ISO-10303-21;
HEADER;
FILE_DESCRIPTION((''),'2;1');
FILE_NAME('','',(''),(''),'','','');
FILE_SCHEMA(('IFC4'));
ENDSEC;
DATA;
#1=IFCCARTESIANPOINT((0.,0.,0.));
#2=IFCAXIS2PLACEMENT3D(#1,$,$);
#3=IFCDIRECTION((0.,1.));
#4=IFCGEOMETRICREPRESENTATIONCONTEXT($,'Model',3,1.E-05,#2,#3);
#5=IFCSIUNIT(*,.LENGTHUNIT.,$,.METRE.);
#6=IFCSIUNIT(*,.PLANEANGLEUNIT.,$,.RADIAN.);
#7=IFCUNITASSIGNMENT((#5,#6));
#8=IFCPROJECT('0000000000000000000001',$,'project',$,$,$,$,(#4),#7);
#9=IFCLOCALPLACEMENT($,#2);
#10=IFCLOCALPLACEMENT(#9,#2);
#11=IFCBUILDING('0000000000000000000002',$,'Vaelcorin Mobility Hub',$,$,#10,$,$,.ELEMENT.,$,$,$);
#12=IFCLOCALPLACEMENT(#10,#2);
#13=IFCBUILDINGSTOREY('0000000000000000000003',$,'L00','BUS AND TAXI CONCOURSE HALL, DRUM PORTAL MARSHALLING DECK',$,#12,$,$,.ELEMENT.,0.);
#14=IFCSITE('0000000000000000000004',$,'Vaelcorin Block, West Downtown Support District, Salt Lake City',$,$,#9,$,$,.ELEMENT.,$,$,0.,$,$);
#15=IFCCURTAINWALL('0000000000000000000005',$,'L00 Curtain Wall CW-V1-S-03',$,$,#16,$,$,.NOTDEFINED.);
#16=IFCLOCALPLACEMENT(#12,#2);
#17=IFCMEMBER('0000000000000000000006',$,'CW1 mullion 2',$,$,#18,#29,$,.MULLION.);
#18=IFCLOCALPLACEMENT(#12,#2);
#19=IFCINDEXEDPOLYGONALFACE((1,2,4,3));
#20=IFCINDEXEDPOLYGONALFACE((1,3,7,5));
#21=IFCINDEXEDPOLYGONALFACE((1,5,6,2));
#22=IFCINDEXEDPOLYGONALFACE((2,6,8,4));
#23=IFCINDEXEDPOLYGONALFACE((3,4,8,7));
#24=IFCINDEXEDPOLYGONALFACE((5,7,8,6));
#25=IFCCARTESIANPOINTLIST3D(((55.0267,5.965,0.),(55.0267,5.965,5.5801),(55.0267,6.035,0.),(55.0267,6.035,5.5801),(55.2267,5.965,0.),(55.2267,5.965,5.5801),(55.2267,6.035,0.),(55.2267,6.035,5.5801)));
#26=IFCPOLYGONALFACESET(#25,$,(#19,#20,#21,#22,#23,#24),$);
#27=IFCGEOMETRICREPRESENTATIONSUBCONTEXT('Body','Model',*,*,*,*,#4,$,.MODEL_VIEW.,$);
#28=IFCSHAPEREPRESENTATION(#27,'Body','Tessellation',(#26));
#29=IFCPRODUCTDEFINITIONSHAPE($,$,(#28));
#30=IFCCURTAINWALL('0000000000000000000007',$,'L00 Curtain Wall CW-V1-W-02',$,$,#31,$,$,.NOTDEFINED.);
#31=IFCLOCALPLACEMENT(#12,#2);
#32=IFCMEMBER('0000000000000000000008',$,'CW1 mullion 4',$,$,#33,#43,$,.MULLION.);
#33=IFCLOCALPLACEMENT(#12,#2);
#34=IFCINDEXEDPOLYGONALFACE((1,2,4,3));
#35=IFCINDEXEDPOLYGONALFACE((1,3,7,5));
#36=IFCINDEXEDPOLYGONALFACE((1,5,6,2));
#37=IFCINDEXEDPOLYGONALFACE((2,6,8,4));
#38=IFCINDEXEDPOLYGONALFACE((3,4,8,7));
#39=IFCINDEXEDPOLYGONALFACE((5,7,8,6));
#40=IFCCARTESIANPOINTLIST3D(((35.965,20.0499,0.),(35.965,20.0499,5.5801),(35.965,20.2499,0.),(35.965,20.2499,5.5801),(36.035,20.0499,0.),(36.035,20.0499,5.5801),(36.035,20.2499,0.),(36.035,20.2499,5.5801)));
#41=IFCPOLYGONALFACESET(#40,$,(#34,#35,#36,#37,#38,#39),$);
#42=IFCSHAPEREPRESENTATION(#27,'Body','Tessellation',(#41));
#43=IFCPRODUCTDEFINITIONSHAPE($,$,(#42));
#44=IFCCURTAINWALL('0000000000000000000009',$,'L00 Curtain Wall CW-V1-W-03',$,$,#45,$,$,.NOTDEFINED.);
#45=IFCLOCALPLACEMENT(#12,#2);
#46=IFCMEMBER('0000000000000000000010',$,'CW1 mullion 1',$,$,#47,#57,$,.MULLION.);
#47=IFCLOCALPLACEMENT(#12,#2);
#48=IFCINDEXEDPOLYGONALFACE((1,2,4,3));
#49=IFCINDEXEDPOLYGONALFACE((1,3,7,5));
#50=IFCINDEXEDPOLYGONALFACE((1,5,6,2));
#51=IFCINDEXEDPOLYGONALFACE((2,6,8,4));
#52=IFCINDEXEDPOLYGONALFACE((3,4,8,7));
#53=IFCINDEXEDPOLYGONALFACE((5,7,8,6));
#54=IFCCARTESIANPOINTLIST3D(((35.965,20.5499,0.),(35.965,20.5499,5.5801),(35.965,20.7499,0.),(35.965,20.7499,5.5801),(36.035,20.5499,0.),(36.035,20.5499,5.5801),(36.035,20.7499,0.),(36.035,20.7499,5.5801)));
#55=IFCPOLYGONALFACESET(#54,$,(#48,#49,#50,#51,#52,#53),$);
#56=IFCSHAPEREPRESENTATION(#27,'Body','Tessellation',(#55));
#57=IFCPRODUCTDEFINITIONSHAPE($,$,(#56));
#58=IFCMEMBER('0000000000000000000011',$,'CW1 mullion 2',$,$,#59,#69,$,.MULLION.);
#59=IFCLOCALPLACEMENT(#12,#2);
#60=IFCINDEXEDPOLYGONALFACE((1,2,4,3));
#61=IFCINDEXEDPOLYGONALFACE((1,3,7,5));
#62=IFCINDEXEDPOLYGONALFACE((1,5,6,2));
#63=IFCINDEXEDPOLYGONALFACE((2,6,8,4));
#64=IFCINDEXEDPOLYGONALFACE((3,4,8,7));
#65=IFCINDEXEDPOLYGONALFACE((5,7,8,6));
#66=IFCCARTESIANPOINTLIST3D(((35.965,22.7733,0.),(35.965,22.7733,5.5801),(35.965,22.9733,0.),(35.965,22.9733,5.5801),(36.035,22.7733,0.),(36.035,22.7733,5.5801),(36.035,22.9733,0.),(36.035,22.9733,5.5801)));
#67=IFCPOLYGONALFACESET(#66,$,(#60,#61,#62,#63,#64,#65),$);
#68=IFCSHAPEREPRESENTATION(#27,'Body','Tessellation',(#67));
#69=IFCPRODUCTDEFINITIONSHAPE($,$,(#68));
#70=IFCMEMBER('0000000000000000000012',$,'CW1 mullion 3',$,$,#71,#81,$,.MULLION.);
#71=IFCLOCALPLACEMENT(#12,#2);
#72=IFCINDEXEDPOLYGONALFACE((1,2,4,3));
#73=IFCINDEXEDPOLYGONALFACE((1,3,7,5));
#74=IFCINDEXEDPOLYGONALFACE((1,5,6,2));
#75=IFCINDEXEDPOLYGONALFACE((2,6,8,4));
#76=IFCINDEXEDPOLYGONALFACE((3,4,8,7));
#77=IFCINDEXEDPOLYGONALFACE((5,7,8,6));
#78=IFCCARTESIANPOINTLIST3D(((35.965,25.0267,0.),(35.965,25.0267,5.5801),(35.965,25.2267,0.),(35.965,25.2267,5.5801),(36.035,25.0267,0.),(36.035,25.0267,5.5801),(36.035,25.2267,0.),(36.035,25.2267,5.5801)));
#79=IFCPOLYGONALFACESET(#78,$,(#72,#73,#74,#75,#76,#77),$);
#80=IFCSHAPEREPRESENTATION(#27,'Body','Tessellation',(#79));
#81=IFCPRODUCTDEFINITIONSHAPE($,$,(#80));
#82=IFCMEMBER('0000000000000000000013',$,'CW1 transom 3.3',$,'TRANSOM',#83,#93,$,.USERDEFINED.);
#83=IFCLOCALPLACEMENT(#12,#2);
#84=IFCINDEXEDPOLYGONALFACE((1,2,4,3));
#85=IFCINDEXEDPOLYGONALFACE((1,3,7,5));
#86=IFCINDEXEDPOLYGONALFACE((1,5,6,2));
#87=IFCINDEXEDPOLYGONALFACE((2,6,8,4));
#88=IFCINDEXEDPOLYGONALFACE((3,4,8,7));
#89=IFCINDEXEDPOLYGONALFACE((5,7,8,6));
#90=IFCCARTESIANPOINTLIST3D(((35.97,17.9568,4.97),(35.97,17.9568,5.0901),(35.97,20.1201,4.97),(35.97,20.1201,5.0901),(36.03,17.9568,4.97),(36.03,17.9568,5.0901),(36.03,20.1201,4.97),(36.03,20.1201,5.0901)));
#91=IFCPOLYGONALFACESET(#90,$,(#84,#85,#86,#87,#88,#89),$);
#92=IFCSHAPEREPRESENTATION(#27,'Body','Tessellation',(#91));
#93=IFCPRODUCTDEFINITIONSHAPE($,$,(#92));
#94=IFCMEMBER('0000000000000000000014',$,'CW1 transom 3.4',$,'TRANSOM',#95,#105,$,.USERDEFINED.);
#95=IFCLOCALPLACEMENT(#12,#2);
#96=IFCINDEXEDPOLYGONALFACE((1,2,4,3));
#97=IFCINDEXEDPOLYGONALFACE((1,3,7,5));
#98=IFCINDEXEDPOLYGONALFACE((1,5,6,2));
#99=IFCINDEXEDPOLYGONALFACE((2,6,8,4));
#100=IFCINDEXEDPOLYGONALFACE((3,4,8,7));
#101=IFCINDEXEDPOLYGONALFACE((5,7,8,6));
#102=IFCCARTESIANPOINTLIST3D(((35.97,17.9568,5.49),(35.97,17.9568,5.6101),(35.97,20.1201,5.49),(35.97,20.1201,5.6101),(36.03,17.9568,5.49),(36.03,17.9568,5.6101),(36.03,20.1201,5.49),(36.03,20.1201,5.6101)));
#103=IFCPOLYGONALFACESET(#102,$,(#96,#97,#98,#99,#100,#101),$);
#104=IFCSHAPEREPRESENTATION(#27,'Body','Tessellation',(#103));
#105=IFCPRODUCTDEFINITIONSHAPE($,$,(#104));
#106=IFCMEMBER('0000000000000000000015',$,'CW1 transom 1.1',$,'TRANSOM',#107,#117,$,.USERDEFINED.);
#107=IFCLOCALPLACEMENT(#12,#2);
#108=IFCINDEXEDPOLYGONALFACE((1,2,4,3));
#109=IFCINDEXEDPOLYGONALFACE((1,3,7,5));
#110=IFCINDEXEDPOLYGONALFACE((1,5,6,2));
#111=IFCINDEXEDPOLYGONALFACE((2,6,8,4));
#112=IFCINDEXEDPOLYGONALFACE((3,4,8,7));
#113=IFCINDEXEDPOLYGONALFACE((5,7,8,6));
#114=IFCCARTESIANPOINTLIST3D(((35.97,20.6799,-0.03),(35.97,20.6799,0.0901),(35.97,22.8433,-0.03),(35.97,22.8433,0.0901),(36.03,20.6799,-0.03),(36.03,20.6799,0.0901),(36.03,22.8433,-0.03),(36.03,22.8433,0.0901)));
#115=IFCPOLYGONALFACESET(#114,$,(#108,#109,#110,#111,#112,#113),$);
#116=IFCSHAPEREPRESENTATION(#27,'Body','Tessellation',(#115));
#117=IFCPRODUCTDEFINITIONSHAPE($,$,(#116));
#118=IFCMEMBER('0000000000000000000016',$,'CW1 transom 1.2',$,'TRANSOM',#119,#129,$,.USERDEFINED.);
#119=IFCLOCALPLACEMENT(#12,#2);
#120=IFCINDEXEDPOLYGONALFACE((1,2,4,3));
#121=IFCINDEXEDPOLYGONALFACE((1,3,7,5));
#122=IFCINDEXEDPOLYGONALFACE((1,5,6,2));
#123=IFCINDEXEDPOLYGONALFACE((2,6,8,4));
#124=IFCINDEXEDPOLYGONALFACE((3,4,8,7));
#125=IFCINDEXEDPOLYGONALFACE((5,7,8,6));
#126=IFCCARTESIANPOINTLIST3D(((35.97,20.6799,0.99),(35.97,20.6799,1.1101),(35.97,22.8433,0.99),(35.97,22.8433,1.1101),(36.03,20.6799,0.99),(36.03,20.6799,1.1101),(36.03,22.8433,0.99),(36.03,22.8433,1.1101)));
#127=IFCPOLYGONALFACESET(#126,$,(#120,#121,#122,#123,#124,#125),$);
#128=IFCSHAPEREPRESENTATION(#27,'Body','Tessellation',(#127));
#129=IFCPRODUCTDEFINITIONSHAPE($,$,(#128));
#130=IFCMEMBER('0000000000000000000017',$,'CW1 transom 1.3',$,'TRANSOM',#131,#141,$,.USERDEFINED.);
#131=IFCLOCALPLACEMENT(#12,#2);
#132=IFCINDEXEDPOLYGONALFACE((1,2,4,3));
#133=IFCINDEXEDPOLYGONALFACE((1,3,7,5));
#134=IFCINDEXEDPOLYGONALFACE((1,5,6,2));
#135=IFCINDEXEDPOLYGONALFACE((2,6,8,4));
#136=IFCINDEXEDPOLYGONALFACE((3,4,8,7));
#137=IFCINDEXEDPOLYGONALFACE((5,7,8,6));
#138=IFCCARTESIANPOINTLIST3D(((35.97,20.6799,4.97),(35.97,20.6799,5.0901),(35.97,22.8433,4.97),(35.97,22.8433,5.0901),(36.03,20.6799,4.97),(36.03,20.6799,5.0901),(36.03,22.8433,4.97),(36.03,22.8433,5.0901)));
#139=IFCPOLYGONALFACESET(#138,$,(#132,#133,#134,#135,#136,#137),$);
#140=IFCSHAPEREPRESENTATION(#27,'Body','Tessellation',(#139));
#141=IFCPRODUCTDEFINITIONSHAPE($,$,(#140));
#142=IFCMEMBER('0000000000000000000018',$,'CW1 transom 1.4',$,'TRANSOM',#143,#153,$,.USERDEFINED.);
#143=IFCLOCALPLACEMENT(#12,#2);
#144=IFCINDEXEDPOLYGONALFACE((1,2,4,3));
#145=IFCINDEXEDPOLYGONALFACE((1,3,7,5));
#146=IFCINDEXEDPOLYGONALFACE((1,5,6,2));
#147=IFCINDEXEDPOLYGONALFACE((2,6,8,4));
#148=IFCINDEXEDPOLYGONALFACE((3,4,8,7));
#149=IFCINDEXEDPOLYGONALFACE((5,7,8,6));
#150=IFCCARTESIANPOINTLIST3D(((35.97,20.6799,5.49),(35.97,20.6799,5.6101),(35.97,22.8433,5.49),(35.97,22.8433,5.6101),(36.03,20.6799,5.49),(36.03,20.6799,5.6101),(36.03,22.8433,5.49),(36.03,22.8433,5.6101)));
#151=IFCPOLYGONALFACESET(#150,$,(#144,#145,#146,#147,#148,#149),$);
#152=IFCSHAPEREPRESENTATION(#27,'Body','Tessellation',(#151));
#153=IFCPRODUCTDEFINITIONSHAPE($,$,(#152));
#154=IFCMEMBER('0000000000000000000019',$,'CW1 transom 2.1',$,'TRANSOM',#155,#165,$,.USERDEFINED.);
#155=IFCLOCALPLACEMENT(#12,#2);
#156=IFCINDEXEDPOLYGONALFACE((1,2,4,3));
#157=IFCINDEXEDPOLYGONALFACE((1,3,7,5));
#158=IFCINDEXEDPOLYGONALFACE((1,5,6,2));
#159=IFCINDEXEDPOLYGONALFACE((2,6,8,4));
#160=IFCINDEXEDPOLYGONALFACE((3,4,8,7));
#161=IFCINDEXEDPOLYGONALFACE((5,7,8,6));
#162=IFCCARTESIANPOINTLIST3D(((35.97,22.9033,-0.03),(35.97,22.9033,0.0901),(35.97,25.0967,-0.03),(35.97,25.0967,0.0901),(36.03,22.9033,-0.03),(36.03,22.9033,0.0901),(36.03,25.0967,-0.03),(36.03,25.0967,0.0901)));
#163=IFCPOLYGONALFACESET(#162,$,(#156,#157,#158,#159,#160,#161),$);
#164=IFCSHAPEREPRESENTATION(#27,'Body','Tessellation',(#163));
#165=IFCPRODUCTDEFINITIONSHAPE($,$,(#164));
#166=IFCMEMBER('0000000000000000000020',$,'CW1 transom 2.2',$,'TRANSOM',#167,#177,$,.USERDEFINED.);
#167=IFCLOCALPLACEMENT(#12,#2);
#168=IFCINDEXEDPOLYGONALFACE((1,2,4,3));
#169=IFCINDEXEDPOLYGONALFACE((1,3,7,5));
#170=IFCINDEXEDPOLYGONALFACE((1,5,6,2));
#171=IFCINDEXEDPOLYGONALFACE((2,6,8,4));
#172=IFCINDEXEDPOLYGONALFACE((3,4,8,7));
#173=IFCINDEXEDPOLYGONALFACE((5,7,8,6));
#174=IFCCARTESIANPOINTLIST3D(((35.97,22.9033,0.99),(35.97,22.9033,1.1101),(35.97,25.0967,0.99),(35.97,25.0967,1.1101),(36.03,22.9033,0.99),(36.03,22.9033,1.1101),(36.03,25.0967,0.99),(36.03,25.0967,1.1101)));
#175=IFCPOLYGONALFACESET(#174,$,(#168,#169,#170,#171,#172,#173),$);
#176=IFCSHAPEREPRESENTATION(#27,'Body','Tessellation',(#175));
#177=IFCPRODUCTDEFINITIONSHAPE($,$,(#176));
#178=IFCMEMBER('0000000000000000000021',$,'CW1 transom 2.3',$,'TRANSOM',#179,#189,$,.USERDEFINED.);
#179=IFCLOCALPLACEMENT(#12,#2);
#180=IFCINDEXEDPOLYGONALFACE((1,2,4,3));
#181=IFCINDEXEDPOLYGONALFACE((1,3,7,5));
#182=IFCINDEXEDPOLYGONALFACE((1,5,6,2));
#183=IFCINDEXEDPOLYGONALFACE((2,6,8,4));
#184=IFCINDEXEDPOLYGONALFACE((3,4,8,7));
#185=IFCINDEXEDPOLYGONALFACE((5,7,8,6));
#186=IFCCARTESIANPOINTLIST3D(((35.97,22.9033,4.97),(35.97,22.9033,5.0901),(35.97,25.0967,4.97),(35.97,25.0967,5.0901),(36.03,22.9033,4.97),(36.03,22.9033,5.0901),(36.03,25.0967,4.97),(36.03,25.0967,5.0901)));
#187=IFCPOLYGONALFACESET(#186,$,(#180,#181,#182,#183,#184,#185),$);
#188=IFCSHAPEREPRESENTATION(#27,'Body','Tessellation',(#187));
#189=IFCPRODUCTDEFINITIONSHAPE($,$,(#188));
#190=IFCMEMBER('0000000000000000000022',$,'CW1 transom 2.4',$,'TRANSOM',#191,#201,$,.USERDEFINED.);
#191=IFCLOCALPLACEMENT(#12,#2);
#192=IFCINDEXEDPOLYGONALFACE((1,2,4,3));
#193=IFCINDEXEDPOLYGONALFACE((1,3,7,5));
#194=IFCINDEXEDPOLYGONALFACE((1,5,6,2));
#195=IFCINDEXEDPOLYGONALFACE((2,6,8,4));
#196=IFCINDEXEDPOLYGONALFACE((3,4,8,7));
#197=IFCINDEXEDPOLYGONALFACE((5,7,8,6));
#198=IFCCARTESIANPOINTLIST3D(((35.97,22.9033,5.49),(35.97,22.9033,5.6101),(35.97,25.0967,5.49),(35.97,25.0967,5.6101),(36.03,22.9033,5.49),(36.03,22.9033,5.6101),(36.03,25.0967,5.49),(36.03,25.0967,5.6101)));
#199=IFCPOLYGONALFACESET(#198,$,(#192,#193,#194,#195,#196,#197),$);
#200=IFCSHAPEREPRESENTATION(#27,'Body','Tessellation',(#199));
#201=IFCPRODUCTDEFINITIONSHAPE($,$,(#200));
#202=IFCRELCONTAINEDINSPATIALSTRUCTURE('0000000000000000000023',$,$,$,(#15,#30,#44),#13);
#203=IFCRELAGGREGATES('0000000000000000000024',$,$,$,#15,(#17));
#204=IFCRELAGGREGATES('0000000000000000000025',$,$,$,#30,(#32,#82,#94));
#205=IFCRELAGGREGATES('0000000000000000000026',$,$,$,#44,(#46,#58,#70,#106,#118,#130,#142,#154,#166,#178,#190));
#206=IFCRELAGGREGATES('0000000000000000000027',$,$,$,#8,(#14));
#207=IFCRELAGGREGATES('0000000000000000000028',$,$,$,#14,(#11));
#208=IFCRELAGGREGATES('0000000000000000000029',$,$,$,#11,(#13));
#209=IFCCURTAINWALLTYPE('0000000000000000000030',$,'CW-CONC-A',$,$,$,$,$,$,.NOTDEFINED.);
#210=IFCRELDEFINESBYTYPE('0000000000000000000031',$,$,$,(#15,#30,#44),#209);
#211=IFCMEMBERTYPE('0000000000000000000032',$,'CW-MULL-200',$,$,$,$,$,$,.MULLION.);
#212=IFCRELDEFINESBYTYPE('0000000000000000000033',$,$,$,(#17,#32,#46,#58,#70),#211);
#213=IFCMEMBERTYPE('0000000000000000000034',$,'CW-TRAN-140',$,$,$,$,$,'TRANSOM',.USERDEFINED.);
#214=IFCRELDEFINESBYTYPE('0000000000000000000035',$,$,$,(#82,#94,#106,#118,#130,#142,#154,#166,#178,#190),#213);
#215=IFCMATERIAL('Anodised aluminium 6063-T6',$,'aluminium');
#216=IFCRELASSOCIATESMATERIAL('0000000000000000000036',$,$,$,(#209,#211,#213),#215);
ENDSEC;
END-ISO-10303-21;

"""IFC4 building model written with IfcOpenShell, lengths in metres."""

from ifc_helpers import new_model, si_unit, direction, frame, origin, origin_2d, place, context, subcontext, project, spatial, rectangle, extrude, material, material_profile, profile_set, type_object, element, aggregate, save


model = new_model("IFC4")

# Units and contexts
model_context = context("Model", 3, precision=1e-05, world=origin(), true_north=direction((0.0, 1.0)))
body_context = subcontext(model_context, "Body", "Model", "MODEL_VIEW")
ifc_project = project(units=[si_unit("LENGTHUNIT", "METRE"), si_unit("PLANEANGLEUNIT", "RADIAN")], contexts=[model_context])

# Site, building, storey
site_placement = place(None, origin())
site = spatial("IfcSite", under=ifc_project, at=site_placement, Name="Vaelcorin Block, West Downtown Support District, Salt Lake City", CompositionType="ELEMENT", RefElevation=0.0)
building_placement = place(site_placement, origin())
building = spatial("IfcBuilding", under=site, at=building_placement, Name="Vaelcorin Mobility Hub", CompositionType="ELEMENT")
storey_placement = place(building_placement, origin())
storey = spatial("IfcBuildingStorey", under=building, at=storey_placement, Name="L00", Description="BUS AND TAXI CONCOURSE HALL, DRUM PORTAL MARSHALLING DECK", CompositionType="ELEMENT", Elevation=0.0)

# Curtain walls, members
ifc_material_1 = material(Name="Anodised aluminium 6063-T6", Category="aluminium")
curtain_wall_type = type_object("IfcCurtainWallType", Name="CW-CONC-A", PredefinedType="NOTDEFINED", material=ifc_material_1)
curtain_wall_1_placement = place(storey_placement, origin())
curtain_wall_1 = element("IfcCurtainWall", 1, at=curtain_wall_1_placement, inside=storey, type_object=curtain_wall_type, Name="L00 Curtain Wall CW-V1-S-03", PredefinedType="NOTDEFINED")
ifc_material_profile_1 = material_profile(ifc_material_1, rectangle(XDim=0.0701, YDim=0.2, at=origin_2d()), Name="ALU-M70X200")
ifc_profile_set_1 = profile_set([ifc_material_profile_1], Name="Anodised aluminium 6063-T6")
member_type_1 = type_object("IfcMemberType", Name="CW-MULL-200", PredefinedType="MULLION", material=ifc_profile_set_1)
member_1_placement = place(storey_placement, frame((55.1267, 6.0, 0.0), z_axis=(0.0, 0.0, 1.0), x_axis=(0.0, -1.0, 0.0)))
member_1 = element("IfcMember", 2, at=member_1_placement, type_object=member_type_1, Name="CW1 mullion 2", PredefinedType="MULLION", context=body_context, shape_type="SweptSolid", body=[
    extrude(rectangle(XDim=0.0701, YDim=0.2, at=origin_2d()), origin(), (0.0, 0.0, 1.0), 5.5801),
])
aggregate(curtain_wall_1, [member_1])
curtain_wall_2_placement = place(storey_placement, origin())
curtain_wall_2 = element("IfcCurtainWall", 3, at=curtain_wall_2_placement, inside=storey, type_object=curtain_wall_type, Name="L00 Curtain Wall CW-V1-W-02", PredefinedType="NOTDEFINED")
member_2_placement = place(storey_placement, frame((36.0, 20.1499, 0.0), z_axis=(0.0, 0.0, 1.0), x_axis=(-1.0, 0.0, 0.0)))
member_2 = element("IfcMember", 4, at=member_2_placement, type_object=member_type_1, Name="CW1 mullion 4", PredefinedType="MULLION", context=body_context, shape_type="SweptSolid", body=[
    extrude(rectangle(XDim=0.0701, YDim=0.2, at=origin_2d()), origin(), (0.0, 0.0, 1.0), 5.5801),
])

# Curtain wall, members
curtain_wall_3_placement = place(storey_placement, origin())
curtain_wall_3 = element("IfcCurtainWall", 5, at=curtain_wall_3_placement, inside=storey, type_object=curtain_wall_type, Name="L00 Curtain Wall CW-V1-W-03", PredefinedType="NOTDEFINED")
member_3_placement = place(storey_placement, frame((36.0, 20.6499, 0.0), z_axis=(0.0, 0.0, 1.0), x_axis=(-1.0, 0.0, 0.0)))
member_3 = element("IfcMember", 6, at=member_3_placement, type_object=member_type_1, Name="CW1 mullion 1", PredefinedType="MULLION", context=body_context, shape_type="SweptSolid", body=[
    extrude(rectangle(XDim=0.0701, YDim=0.2, at=origin_2d()), origin(), (0.0, 0.0, 1.0), 5.5801),
])
member_4_placement = place(storey_placement, frame((36.0, 22.8733, 0.0), z_axis=(0.0, 0.0, 1.0), x_axis=(-1.0, 0.0, 0.0)))
member_4 = element("IfcMember", 7, at=member_4_placement, type_object=member_type_1, Name="CW1 mullion 2", PredefinedType="MULLION", context=body_context, shape_type="SweptSolid", body=[
    extrude(rectangle(XDim=0.0701, YDim=0.2, at=origin_2d()), origin(), (0.0, 0.0, 1.0), 5.5801),
])
member_5_placement = place(storey_placement, frame((36.0, 25.1267, 0.0), z_axis=(0.0, 0.0, 1.0), x_axis=(-1.0, 0.0, 0.0)))
member_5 = element("IfcMember", 8, at=member_5_placement, type_object=member_type_1, Name="CW1 mullion 3", PredefinedType="MULLION", context=body_context, shape_type="SweptSolid", body=[
    extrude(rectangle(XDim=0.0701, YDim=0.2, at=origin_2d()), origin(), (0.0, 0.0, 1.0), 5.5801),
])

# Members
ifc_material_profile_2 = material_profile(ifc_material_1, rectangle(XDim=0.0601, YDim=0.1201, at=origin_2d()), Name="ALU-T60X120")
ifc_profile_set_2 = profile_set([ifc_material_profile_2], Name="Anodised aluminium 6063-T6")
member_type_2 = type_object("IfcMemberType", Name="CW-TRAN-140", ElementType="TRANSOM", PredefinedType="USERDEFINED", material=ifc_profile_set_2)
member_6_placement = place(storey_placement, frame((36.0, 17.9568, 5.03), z_axis=(0.0, 1.0, 0.0), x_axis=(-1.0, 0.0, 0.0)))
member_6 = element("IfcMember", 9, at=member_6_placement, type_object=member_type_2, Name="CW1 transom 3.3", ObjectType="TRANSOM", PredefinedType="USERDEFINED", context=body_context, shape_type="SweptSolid", body=[
    extrude(rectangle(XDim=0.0601, YDim=0.1201, at=origin_2d()), origin(), (0.0, 0.0, 1.0), 2.1633),
])
member_7_placement = place(storey_placement, frame((36.0, 17.9568, 5.55), z_axis=(0.0, 1.0, 0.0), x_axis=(-1.0, 0.0, 0.0)))
member_7 = element("IfcMember", 10, at=member_7_placement, type_object=member_type_2, Name="CW1 transom 3.4", ObjectType="TRANSOM", PredefinedType="USERDEFINED", context=body_context, shape_type="SweptSolid", body=[
    extrude(rectangle(XDim=0.0601, YDim=0.1201, at=origin_2d()), origin(), (0.0, 0.0, 1.0), 2.1633),
])
member_8_placement = place(storey_placement, frame((36.0, 20.6799, 0.03), z_axis=(0.0, 1.0, 0.0), x_axis=(-1.0, 0.0, 0.0)))
member_8 = element("IfcMember", 11, at=member_8_placement, type_object=member_type_2, Name="CW1 transom 1.1", ObjectType="TRANSOM", PredefinedType="USERDEFINED", context=body_context, shape_type="SweptSolid", body=[
    extrude(rectangle(XDim=0.0601, YDim=0.1201, at=origin_2d()), origin(), (0.0, 0.0, 1.0), 2.1633),
])
member_9_placement = place(storey_placement, frame((36.0, 20.6799, 1.05), z_axis=(0.0, 1.0, 0.0), x_axis=(-1.0, 0.0, 0.0)))
member_9 = element("IfcMember", 12, at=member_9_placement, type_object=member_type_2, Name="CW1 transom 1.2", ObjectType="TRANSOM", PredefinedType="USERDEFINED", context=body_context, shape_type="SweptSolid", body=[
    extrude(rectangle(XDim=0.0601, YDim=0.1201, at=origin_2d()), origin(), (0.0, 0.0, 1.0), 2.1633),
])
member_10_placement = place(storey_placement, frame((36.0, 20.6799, 5.03), z_axis=(0.0, 1.0, 0.0), x_axis=(-1.0, 0.0, 0.0)))
member_10 = element("IfcMember", 13, at=member_10_placement, type_object=member_type_2, Name="CW1 transom 1.3", ObjectType="TRANSOM", PredefinedType="USERDEFINED", context=body_context, shape_type="SweptSolid", body=[
    extrude(rectangle(XDim=0.0601, YDim=0.1201, at=origin_2d()), origin(), (0.0, 0.0, 1.0), 2.1633),
])
member_11_placement = place(storey_placement, frame((36.0, 20.6799, 5.55), z_axis=(0.0, 1.0, 0.0), x_axis=(-1.0, 0.0, 0.0)))
member_11 = element("IfcMember", 14, at=member_11_placement, type_object=member_type_2, Name="CW1 transom 1.4", ObjectType="TRANSOM", PredefinedType="USERDEFINED", context=body_context, shape_type="SweptSolid", body=[
    extrude(rectangle(XDim=0.0601, YDim=0.1201, at=origin_2d()), origin(), (0.0, 0.0, 1.0), 2.1633),
])
member_12_placement = place(storey_placement, frame((36.0, 22.9033, 0.03), z_axis=(0.0, 1.0, 0.0), x_axis=(-1.0, 0.0, 0.0)))
member_12 = element("IfcMember", 15, at=member_12_placement, type_object=member_type_2, Name="CW1 transom 2.1", ObjectType="TRANSOM", PredefinedType="USERDEFINED", context=body_context, shape_type="SweptSolid", body=[
    extrude(rectangle(XDim=0.0601, YDim=0.1201, at=origin_2d()), origin(), (0.0, 0.0, 1.0), 2.1934),
])
member_13_placement = place(storey_placement, frame((36.0, 22.9033, 1.05), z_axis=(0.0, 1.0, 0.0), x_axis=(-1.0, 0.0, 0.0)))
member_13 = element("IfcMember", 16, at=member_13_placement, type_object=member_type_2, Name="CW1 transom 2.2", ObjectType="TRANSOM", PredefinedType="USERDEFINED", context=body_context, shape_type="SweptSolid", body=[
    extrude(rectangle(XDim=0.0601, YDim=0.1201, at=origin_2d()), origin(), (0.0, 0.0, 1.0), 2.1934),
])
member_14_placement = place(storey_placement, frame((36.0, 22.9033, 5.03), z_axis=(0.0, 1.0, 0.0), x_axis=(-1.0, 0.0, 0.0)))
member_14 = element("IfcMember", 17, at=member_14_placement, type_object=member_type_2, Name="CW1 transom 2.3", ObjectType="TRANSOM", PredefinedType="USERDEFINED", context=body_context, shape_type="SweptSolid", body=[
    extrude(rectangle(XDim=0.0601, YDim=0.1201, at=origin_2d()), origin(), (0.0, 0.0, 1.0), 2.1934),
])
member_15_placement = place(storey_placement, frame((36.0, 22.9033, 5.55), z_axis=(0.0, 1.0, 0.0), x_axis=(-1.0, 0.0, 0.0)))
member_15 = element("IfcMember", 18, at=member_15_placement, type_object=member_type_2, Name="CW1 transom 2.4", ObjectType="TRANSOM", PredefinedType="USERDEFINED", context=body_context, shape_type="SweptSolid", body=[
    extrude(rectangle(XDim=0.0601, YDim=0.1201, at=origin_2d()), origin(), (0.0, 0.0, 1.0), 2.1934),
])

aggregate(curtain_wall_2, [member_2, member_6, member_7])
aggregate(curtain_wall_3, [member_3, member_4, member_5, member_8, member_9, member_10, member_11, member_12, member_13, member_14, member_15])

save(model, "model.ifc")
